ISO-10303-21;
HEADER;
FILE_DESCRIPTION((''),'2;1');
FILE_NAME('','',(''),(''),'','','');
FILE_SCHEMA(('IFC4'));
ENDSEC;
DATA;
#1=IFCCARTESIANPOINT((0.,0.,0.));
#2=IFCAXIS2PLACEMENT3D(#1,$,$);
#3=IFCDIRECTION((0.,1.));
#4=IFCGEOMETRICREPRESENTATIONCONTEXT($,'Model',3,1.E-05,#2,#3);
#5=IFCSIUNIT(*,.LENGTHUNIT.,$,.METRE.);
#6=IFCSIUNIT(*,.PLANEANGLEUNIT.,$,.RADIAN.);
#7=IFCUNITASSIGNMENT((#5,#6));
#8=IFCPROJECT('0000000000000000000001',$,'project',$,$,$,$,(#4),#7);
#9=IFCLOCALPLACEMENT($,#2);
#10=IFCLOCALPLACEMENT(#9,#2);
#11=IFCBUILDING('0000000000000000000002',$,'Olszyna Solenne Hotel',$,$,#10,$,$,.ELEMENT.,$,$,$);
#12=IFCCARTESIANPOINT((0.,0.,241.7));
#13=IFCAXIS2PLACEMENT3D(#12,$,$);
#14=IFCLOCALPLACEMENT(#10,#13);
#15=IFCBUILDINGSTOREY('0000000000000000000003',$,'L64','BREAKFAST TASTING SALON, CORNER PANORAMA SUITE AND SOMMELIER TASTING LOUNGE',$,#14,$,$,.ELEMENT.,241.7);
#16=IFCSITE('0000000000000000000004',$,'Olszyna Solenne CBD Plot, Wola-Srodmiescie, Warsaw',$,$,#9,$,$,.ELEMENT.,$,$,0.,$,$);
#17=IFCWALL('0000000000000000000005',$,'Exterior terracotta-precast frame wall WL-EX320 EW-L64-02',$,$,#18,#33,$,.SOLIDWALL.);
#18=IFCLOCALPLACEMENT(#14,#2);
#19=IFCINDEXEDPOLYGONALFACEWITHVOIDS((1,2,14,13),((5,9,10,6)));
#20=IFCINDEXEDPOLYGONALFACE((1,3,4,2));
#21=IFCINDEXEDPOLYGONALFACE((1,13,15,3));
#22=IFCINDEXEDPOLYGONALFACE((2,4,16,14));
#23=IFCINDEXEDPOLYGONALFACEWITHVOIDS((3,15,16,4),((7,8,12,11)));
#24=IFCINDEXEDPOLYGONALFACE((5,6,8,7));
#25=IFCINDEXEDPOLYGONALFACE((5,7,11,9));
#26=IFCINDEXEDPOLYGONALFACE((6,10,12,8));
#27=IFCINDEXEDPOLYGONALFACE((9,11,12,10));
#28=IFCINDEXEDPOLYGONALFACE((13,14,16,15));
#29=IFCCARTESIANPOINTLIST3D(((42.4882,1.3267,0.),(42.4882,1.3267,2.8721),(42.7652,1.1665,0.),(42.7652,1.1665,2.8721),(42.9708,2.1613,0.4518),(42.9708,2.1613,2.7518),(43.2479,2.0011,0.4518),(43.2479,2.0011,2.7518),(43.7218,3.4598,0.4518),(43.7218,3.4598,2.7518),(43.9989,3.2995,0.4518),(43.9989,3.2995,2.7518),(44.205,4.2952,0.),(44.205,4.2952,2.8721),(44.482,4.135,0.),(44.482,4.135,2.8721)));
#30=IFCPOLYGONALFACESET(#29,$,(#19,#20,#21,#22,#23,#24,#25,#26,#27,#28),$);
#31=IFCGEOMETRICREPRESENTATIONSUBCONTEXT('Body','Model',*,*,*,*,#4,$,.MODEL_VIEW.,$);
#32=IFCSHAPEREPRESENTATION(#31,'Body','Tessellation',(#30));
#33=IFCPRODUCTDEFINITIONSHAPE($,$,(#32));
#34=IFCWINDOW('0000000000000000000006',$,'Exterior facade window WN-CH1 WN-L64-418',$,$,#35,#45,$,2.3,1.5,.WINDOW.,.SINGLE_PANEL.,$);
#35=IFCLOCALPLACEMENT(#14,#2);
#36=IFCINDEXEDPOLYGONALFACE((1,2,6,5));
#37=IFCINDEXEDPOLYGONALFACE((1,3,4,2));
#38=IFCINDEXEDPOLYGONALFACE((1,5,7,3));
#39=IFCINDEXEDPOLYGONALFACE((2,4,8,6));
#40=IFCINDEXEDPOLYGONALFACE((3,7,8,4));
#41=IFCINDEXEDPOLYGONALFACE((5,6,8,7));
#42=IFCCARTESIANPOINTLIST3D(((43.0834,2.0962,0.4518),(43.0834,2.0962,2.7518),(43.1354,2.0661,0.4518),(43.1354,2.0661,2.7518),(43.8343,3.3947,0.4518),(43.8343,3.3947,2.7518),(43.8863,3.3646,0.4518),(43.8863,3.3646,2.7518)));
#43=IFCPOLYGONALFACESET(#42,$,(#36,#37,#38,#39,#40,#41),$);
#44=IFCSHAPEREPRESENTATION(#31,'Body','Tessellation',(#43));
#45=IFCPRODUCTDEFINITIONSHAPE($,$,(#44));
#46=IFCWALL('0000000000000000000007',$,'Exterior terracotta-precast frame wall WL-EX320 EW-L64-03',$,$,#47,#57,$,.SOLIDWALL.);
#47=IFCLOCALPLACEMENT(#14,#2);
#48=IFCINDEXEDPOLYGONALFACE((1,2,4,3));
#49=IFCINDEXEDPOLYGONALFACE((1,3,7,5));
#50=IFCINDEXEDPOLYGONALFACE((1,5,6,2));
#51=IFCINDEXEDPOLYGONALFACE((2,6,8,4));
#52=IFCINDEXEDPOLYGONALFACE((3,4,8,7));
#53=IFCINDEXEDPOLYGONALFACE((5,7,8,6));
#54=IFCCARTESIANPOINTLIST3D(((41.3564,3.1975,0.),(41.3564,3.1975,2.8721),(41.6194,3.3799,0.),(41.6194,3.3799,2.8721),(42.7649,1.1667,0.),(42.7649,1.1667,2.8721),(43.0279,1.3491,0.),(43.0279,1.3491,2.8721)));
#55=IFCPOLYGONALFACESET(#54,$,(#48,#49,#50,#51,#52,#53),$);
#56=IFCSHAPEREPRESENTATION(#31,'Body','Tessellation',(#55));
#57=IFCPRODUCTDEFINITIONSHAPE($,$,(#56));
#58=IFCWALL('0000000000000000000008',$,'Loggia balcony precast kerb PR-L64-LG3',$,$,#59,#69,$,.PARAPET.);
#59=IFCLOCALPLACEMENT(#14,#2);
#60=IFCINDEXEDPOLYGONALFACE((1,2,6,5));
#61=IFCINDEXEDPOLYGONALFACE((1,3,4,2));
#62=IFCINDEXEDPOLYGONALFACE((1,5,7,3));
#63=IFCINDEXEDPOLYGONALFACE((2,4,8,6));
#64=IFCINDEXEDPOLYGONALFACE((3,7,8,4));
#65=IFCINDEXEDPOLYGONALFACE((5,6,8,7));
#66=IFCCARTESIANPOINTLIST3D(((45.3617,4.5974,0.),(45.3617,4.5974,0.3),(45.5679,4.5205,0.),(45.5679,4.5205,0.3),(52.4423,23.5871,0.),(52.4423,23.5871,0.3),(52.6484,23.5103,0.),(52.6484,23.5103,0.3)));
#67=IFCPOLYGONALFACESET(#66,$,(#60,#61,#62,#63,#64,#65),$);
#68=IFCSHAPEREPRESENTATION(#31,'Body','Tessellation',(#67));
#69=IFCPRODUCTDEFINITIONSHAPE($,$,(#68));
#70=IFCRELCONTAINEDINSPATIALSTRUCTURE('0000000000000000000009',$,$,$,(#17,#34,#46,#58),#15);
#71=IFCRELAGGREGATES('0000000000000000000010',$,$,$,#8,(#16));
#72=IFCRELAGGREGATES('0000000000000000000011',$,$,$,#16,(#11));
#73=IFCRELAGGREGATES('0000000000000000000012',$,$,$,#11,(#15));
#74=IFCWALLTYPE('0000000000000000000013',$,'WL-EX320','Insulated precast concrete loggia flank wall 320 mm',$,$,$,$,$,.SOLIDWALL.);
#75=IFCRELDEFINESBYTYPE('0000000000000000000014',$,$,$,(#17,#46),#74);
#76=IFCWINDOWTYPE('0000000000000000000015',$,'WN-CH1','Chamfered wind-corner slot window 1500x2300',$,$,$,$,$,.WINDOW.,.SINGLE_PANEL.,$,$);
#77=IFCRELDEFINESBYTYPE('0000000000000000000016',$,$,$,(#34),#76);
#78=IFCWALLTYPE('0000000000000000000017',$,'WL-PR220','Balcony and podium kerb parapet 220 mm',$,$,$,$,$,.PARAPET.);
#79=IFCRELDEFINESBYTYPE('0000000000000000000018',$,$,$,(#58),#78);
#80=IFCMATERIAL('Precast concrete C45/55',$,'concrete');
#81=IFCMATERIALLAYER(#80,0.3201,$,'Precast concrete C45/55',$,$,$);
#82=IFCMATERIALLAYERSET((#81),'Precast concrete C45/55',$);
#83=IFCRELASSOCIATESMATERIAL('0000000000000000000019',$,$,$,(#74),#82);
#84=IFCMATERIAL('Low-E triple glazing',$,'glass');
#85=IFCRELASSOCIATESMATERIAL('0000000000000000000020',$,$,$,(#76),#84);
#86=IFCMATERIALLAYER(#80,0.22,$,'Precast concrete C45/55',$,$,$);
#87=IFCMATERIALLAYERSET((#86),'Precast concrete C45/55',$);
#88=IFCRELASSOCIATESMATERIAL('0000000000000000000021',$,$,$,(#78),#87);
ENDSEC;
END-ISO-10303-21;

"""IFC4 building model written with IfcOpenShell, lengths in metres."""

from ifc_helpers import new_model, si_unit, direction, frame, frame_2d, origin, place, context, subcontext, project, spatial, rectangle, extrude, source, transform, mapped, material, layer, layer_set, type_object, type_shapes, element, fill, save


model = new_model("IFC4")

# Units and contexts
model_context = context("Model", 3, precision=1e-05, world=origin(), true_north=direction((0.0, 1.0)))
body_context = subcontext(model_context, "Body", "Model", "MODEL_VIEW")
ifc_project = project(units=[si_unit("LENGTHUNIT", "METRE"), si_unit("PLANEANGLEUNIT", "RADIAN")], contexts=[model_context])

# Site, building, storey
site_placement = place(None, origin())
site = spatial("IfcSite", under=ifc_project, at=site_placement, Name="Olszyna Solenne CBD Plot, Wola-Srodmiescie, Warsaw", CompositionType="ELEMENT", RefElevation=0.0)
building_placement = place(site_placement, origin())
building = spatial("IfcBuilding", under=site, at=building_placement, Name="Olszyna Solenne Hotel", CompositionType="ELEMENT")
storey_placement = place(building_placement, frame((0.0, 0.0, 241.7)))
storey = spatial("IfcBuildingStorey", under=building, at=storey_placement, Name="L64", Description="BREAKFAST TASTING SALON, CORNER PANORAMA SUITE AND SOMMELIER TASTING LOUNGE", CompositionType="ELEMENT", Elevation=241.7)

# Shared definitions
ifc_material_1 = material(Name="Low-E triple glazing", Category="glass")

# Wall, opening, window
ifc_material_2 = material(Name="Precast concrete C45/55", Category="concrete")
ifc_layer_1 = layer(ifc_material_2, 0.3201, Name="Precast concrete C45/55")
ifc_layer_set_1 = layer_set([ifc_layer_1], Name="Precast concrete C45/55")
wall_type_1 = type_object("IfcWallType", Name="WL-EX320", Description="Insulated precast concrete loggia flank wall 320 mm", PredefinedType="SOLIDWALL", material=ifc_layer_set_1)
wall_1_placement = place(storey_placement, frame((44.3435, 4.2151, 0.0), z_axis=(0.0, 0.0, 1.0), x_axis=(-0.500641, -0.865655, 0.0)))
wall_1 = element("IfcWall", 1, at=wall_1_placement, inside=storey, type_object=wall_type_1, Name="Exterior terracotta-precast frame wall WL-EX320 EW-L64-02", PredefinedType="SOLIDWALL", context=body_context, shape_type="SweptSolid", body=[
    extrude(rectangle(XDim=3.4292, YDim=0.3201, at=frame_2d((1.7146, 0.0))), origin(), (0.0, 0.0, 1.0), 2.8721),
])
opening_placement = place(wall_1_placement, frame((0.9651, 0.0, 0.4519)))
opening = element("IfcOpeningElement", 2, at=opening_placement, cuts=wall_1, PredefinedType="OPENING", context=body_context, shape_type="SweptSolid", body=[
    extrude(rectangle(XDim=1.5, YDim=2.3, at=frame_2d((0.75, 1.1499))), frame((0.0, 0.1699, 0.0), z_axis=(0.0, -1.0, 0.0), x_axis=(1.0, 0.0, 0.0)), (0.0, 0.0, 1.0), 0.3401),
])
window_type = type_object("IfcWindowType", Name="WN-CH1", Description="Chamfered wind-corner slot window 1500x2300", PartitioningType="SINGLE_PANEL", PredefinedType="WINDOW", material=ifc_material_1)
shared_shape_1 = source(origin(), body_context, "Body", "SweptSolid", [
    extrude(rectangle(XDim=1.5, YDim=2.3, at=frame_2d((0.75, 1.1499))), frame((0.0, 0.03, 0.0), z_axis=(0.0, -1.0, 0.0), x_axis=(1.0, 0.0, 0.0)), (0.0, 0.0, 1.0), 0.0601),
])
type_shapes(window_type, [shared_shape_1])
window_placement = place(opening_placement, origin())
window = element("IfcWindow", 3, at=window_placement, inside=storey, type_object=window_type, Name="Exterior facade window WN-CH1 WN-L64-418", OverallHeight=2.3, OverallWidth=1.5, PartitioningType="SINGLE_PANEL", PredefinedType="WINDOW", context=body_context, shape_type="MappedRepresentation", body=[
    mapped(shared_shape_1, transform((0.0, 0.0, 0.0), x_axis=(1.0, 0.0, 0.0), y_axis=(0.0, 1.0, 0.0), z_axis=(0.0, 0.0, 1.0), scale=1.0)),
])
fill(opening, window)

# Walls
wall_2_placement = place(storey_placement, frame((42.8965, 1.2578, 0.0), z_axis=(0.0, 0.0, 1.0), x_axis=(-0.569903, 0.821712, 0.0)))
element("IfcWall", 4, at=wall_2_placement, inside=storey, type_object=wall_type_1, Name="Exterior terracotta-precast frame wall WL-EX320 EW-L64-03", PredefinedType="SOLIDWALL", context=body_context, shape_type="SweptSolid", body=[
    extrude(rectangle(XDim=2.4714, YDim=0.3201, at=frame_2d((1.2358, 0.0))), origin(), (0.0, 0.0, 1.0), 2.8721),
])
ifc_layer_2 = layer(ifc_material_2, 0.22, Name="Precast concrete C45/55")
ifc_layer_set_2 = layer_set([ifc_layer_2], Name="Precast concrete C45/55")
wall_type_2 = type_object("IfcWallType", Name="WL-PR220", Description="Balcony and podium kerb parapet 220 mm", PredefinedType="PARAPET", material=ifc_layer_set_2)
wall_3_placement = place(storey_placement, frame((45.4648, 4.5591, 0.0), z_axis=(0.0, 0.0, 1.0), x_axis=(0.349367, 0.936986, 0.0)))
element("IfcWall", 5, at=wall_3_placement, inside=storey, type_object=wall_type_2, Name="Loggia balcony precast kerb PR-L64-LG3", PredefinedType="PARAPET", context=body_context, shape_type="SweptSolid", body=[
    extrude(rectangle(XDim=20.2668, YDim=0.22, at=frame_2d((10.1333, 0.0))), origin(), (0.0, 0.0, 1.0), 0.3),
])

save(model, "model.ifc")
